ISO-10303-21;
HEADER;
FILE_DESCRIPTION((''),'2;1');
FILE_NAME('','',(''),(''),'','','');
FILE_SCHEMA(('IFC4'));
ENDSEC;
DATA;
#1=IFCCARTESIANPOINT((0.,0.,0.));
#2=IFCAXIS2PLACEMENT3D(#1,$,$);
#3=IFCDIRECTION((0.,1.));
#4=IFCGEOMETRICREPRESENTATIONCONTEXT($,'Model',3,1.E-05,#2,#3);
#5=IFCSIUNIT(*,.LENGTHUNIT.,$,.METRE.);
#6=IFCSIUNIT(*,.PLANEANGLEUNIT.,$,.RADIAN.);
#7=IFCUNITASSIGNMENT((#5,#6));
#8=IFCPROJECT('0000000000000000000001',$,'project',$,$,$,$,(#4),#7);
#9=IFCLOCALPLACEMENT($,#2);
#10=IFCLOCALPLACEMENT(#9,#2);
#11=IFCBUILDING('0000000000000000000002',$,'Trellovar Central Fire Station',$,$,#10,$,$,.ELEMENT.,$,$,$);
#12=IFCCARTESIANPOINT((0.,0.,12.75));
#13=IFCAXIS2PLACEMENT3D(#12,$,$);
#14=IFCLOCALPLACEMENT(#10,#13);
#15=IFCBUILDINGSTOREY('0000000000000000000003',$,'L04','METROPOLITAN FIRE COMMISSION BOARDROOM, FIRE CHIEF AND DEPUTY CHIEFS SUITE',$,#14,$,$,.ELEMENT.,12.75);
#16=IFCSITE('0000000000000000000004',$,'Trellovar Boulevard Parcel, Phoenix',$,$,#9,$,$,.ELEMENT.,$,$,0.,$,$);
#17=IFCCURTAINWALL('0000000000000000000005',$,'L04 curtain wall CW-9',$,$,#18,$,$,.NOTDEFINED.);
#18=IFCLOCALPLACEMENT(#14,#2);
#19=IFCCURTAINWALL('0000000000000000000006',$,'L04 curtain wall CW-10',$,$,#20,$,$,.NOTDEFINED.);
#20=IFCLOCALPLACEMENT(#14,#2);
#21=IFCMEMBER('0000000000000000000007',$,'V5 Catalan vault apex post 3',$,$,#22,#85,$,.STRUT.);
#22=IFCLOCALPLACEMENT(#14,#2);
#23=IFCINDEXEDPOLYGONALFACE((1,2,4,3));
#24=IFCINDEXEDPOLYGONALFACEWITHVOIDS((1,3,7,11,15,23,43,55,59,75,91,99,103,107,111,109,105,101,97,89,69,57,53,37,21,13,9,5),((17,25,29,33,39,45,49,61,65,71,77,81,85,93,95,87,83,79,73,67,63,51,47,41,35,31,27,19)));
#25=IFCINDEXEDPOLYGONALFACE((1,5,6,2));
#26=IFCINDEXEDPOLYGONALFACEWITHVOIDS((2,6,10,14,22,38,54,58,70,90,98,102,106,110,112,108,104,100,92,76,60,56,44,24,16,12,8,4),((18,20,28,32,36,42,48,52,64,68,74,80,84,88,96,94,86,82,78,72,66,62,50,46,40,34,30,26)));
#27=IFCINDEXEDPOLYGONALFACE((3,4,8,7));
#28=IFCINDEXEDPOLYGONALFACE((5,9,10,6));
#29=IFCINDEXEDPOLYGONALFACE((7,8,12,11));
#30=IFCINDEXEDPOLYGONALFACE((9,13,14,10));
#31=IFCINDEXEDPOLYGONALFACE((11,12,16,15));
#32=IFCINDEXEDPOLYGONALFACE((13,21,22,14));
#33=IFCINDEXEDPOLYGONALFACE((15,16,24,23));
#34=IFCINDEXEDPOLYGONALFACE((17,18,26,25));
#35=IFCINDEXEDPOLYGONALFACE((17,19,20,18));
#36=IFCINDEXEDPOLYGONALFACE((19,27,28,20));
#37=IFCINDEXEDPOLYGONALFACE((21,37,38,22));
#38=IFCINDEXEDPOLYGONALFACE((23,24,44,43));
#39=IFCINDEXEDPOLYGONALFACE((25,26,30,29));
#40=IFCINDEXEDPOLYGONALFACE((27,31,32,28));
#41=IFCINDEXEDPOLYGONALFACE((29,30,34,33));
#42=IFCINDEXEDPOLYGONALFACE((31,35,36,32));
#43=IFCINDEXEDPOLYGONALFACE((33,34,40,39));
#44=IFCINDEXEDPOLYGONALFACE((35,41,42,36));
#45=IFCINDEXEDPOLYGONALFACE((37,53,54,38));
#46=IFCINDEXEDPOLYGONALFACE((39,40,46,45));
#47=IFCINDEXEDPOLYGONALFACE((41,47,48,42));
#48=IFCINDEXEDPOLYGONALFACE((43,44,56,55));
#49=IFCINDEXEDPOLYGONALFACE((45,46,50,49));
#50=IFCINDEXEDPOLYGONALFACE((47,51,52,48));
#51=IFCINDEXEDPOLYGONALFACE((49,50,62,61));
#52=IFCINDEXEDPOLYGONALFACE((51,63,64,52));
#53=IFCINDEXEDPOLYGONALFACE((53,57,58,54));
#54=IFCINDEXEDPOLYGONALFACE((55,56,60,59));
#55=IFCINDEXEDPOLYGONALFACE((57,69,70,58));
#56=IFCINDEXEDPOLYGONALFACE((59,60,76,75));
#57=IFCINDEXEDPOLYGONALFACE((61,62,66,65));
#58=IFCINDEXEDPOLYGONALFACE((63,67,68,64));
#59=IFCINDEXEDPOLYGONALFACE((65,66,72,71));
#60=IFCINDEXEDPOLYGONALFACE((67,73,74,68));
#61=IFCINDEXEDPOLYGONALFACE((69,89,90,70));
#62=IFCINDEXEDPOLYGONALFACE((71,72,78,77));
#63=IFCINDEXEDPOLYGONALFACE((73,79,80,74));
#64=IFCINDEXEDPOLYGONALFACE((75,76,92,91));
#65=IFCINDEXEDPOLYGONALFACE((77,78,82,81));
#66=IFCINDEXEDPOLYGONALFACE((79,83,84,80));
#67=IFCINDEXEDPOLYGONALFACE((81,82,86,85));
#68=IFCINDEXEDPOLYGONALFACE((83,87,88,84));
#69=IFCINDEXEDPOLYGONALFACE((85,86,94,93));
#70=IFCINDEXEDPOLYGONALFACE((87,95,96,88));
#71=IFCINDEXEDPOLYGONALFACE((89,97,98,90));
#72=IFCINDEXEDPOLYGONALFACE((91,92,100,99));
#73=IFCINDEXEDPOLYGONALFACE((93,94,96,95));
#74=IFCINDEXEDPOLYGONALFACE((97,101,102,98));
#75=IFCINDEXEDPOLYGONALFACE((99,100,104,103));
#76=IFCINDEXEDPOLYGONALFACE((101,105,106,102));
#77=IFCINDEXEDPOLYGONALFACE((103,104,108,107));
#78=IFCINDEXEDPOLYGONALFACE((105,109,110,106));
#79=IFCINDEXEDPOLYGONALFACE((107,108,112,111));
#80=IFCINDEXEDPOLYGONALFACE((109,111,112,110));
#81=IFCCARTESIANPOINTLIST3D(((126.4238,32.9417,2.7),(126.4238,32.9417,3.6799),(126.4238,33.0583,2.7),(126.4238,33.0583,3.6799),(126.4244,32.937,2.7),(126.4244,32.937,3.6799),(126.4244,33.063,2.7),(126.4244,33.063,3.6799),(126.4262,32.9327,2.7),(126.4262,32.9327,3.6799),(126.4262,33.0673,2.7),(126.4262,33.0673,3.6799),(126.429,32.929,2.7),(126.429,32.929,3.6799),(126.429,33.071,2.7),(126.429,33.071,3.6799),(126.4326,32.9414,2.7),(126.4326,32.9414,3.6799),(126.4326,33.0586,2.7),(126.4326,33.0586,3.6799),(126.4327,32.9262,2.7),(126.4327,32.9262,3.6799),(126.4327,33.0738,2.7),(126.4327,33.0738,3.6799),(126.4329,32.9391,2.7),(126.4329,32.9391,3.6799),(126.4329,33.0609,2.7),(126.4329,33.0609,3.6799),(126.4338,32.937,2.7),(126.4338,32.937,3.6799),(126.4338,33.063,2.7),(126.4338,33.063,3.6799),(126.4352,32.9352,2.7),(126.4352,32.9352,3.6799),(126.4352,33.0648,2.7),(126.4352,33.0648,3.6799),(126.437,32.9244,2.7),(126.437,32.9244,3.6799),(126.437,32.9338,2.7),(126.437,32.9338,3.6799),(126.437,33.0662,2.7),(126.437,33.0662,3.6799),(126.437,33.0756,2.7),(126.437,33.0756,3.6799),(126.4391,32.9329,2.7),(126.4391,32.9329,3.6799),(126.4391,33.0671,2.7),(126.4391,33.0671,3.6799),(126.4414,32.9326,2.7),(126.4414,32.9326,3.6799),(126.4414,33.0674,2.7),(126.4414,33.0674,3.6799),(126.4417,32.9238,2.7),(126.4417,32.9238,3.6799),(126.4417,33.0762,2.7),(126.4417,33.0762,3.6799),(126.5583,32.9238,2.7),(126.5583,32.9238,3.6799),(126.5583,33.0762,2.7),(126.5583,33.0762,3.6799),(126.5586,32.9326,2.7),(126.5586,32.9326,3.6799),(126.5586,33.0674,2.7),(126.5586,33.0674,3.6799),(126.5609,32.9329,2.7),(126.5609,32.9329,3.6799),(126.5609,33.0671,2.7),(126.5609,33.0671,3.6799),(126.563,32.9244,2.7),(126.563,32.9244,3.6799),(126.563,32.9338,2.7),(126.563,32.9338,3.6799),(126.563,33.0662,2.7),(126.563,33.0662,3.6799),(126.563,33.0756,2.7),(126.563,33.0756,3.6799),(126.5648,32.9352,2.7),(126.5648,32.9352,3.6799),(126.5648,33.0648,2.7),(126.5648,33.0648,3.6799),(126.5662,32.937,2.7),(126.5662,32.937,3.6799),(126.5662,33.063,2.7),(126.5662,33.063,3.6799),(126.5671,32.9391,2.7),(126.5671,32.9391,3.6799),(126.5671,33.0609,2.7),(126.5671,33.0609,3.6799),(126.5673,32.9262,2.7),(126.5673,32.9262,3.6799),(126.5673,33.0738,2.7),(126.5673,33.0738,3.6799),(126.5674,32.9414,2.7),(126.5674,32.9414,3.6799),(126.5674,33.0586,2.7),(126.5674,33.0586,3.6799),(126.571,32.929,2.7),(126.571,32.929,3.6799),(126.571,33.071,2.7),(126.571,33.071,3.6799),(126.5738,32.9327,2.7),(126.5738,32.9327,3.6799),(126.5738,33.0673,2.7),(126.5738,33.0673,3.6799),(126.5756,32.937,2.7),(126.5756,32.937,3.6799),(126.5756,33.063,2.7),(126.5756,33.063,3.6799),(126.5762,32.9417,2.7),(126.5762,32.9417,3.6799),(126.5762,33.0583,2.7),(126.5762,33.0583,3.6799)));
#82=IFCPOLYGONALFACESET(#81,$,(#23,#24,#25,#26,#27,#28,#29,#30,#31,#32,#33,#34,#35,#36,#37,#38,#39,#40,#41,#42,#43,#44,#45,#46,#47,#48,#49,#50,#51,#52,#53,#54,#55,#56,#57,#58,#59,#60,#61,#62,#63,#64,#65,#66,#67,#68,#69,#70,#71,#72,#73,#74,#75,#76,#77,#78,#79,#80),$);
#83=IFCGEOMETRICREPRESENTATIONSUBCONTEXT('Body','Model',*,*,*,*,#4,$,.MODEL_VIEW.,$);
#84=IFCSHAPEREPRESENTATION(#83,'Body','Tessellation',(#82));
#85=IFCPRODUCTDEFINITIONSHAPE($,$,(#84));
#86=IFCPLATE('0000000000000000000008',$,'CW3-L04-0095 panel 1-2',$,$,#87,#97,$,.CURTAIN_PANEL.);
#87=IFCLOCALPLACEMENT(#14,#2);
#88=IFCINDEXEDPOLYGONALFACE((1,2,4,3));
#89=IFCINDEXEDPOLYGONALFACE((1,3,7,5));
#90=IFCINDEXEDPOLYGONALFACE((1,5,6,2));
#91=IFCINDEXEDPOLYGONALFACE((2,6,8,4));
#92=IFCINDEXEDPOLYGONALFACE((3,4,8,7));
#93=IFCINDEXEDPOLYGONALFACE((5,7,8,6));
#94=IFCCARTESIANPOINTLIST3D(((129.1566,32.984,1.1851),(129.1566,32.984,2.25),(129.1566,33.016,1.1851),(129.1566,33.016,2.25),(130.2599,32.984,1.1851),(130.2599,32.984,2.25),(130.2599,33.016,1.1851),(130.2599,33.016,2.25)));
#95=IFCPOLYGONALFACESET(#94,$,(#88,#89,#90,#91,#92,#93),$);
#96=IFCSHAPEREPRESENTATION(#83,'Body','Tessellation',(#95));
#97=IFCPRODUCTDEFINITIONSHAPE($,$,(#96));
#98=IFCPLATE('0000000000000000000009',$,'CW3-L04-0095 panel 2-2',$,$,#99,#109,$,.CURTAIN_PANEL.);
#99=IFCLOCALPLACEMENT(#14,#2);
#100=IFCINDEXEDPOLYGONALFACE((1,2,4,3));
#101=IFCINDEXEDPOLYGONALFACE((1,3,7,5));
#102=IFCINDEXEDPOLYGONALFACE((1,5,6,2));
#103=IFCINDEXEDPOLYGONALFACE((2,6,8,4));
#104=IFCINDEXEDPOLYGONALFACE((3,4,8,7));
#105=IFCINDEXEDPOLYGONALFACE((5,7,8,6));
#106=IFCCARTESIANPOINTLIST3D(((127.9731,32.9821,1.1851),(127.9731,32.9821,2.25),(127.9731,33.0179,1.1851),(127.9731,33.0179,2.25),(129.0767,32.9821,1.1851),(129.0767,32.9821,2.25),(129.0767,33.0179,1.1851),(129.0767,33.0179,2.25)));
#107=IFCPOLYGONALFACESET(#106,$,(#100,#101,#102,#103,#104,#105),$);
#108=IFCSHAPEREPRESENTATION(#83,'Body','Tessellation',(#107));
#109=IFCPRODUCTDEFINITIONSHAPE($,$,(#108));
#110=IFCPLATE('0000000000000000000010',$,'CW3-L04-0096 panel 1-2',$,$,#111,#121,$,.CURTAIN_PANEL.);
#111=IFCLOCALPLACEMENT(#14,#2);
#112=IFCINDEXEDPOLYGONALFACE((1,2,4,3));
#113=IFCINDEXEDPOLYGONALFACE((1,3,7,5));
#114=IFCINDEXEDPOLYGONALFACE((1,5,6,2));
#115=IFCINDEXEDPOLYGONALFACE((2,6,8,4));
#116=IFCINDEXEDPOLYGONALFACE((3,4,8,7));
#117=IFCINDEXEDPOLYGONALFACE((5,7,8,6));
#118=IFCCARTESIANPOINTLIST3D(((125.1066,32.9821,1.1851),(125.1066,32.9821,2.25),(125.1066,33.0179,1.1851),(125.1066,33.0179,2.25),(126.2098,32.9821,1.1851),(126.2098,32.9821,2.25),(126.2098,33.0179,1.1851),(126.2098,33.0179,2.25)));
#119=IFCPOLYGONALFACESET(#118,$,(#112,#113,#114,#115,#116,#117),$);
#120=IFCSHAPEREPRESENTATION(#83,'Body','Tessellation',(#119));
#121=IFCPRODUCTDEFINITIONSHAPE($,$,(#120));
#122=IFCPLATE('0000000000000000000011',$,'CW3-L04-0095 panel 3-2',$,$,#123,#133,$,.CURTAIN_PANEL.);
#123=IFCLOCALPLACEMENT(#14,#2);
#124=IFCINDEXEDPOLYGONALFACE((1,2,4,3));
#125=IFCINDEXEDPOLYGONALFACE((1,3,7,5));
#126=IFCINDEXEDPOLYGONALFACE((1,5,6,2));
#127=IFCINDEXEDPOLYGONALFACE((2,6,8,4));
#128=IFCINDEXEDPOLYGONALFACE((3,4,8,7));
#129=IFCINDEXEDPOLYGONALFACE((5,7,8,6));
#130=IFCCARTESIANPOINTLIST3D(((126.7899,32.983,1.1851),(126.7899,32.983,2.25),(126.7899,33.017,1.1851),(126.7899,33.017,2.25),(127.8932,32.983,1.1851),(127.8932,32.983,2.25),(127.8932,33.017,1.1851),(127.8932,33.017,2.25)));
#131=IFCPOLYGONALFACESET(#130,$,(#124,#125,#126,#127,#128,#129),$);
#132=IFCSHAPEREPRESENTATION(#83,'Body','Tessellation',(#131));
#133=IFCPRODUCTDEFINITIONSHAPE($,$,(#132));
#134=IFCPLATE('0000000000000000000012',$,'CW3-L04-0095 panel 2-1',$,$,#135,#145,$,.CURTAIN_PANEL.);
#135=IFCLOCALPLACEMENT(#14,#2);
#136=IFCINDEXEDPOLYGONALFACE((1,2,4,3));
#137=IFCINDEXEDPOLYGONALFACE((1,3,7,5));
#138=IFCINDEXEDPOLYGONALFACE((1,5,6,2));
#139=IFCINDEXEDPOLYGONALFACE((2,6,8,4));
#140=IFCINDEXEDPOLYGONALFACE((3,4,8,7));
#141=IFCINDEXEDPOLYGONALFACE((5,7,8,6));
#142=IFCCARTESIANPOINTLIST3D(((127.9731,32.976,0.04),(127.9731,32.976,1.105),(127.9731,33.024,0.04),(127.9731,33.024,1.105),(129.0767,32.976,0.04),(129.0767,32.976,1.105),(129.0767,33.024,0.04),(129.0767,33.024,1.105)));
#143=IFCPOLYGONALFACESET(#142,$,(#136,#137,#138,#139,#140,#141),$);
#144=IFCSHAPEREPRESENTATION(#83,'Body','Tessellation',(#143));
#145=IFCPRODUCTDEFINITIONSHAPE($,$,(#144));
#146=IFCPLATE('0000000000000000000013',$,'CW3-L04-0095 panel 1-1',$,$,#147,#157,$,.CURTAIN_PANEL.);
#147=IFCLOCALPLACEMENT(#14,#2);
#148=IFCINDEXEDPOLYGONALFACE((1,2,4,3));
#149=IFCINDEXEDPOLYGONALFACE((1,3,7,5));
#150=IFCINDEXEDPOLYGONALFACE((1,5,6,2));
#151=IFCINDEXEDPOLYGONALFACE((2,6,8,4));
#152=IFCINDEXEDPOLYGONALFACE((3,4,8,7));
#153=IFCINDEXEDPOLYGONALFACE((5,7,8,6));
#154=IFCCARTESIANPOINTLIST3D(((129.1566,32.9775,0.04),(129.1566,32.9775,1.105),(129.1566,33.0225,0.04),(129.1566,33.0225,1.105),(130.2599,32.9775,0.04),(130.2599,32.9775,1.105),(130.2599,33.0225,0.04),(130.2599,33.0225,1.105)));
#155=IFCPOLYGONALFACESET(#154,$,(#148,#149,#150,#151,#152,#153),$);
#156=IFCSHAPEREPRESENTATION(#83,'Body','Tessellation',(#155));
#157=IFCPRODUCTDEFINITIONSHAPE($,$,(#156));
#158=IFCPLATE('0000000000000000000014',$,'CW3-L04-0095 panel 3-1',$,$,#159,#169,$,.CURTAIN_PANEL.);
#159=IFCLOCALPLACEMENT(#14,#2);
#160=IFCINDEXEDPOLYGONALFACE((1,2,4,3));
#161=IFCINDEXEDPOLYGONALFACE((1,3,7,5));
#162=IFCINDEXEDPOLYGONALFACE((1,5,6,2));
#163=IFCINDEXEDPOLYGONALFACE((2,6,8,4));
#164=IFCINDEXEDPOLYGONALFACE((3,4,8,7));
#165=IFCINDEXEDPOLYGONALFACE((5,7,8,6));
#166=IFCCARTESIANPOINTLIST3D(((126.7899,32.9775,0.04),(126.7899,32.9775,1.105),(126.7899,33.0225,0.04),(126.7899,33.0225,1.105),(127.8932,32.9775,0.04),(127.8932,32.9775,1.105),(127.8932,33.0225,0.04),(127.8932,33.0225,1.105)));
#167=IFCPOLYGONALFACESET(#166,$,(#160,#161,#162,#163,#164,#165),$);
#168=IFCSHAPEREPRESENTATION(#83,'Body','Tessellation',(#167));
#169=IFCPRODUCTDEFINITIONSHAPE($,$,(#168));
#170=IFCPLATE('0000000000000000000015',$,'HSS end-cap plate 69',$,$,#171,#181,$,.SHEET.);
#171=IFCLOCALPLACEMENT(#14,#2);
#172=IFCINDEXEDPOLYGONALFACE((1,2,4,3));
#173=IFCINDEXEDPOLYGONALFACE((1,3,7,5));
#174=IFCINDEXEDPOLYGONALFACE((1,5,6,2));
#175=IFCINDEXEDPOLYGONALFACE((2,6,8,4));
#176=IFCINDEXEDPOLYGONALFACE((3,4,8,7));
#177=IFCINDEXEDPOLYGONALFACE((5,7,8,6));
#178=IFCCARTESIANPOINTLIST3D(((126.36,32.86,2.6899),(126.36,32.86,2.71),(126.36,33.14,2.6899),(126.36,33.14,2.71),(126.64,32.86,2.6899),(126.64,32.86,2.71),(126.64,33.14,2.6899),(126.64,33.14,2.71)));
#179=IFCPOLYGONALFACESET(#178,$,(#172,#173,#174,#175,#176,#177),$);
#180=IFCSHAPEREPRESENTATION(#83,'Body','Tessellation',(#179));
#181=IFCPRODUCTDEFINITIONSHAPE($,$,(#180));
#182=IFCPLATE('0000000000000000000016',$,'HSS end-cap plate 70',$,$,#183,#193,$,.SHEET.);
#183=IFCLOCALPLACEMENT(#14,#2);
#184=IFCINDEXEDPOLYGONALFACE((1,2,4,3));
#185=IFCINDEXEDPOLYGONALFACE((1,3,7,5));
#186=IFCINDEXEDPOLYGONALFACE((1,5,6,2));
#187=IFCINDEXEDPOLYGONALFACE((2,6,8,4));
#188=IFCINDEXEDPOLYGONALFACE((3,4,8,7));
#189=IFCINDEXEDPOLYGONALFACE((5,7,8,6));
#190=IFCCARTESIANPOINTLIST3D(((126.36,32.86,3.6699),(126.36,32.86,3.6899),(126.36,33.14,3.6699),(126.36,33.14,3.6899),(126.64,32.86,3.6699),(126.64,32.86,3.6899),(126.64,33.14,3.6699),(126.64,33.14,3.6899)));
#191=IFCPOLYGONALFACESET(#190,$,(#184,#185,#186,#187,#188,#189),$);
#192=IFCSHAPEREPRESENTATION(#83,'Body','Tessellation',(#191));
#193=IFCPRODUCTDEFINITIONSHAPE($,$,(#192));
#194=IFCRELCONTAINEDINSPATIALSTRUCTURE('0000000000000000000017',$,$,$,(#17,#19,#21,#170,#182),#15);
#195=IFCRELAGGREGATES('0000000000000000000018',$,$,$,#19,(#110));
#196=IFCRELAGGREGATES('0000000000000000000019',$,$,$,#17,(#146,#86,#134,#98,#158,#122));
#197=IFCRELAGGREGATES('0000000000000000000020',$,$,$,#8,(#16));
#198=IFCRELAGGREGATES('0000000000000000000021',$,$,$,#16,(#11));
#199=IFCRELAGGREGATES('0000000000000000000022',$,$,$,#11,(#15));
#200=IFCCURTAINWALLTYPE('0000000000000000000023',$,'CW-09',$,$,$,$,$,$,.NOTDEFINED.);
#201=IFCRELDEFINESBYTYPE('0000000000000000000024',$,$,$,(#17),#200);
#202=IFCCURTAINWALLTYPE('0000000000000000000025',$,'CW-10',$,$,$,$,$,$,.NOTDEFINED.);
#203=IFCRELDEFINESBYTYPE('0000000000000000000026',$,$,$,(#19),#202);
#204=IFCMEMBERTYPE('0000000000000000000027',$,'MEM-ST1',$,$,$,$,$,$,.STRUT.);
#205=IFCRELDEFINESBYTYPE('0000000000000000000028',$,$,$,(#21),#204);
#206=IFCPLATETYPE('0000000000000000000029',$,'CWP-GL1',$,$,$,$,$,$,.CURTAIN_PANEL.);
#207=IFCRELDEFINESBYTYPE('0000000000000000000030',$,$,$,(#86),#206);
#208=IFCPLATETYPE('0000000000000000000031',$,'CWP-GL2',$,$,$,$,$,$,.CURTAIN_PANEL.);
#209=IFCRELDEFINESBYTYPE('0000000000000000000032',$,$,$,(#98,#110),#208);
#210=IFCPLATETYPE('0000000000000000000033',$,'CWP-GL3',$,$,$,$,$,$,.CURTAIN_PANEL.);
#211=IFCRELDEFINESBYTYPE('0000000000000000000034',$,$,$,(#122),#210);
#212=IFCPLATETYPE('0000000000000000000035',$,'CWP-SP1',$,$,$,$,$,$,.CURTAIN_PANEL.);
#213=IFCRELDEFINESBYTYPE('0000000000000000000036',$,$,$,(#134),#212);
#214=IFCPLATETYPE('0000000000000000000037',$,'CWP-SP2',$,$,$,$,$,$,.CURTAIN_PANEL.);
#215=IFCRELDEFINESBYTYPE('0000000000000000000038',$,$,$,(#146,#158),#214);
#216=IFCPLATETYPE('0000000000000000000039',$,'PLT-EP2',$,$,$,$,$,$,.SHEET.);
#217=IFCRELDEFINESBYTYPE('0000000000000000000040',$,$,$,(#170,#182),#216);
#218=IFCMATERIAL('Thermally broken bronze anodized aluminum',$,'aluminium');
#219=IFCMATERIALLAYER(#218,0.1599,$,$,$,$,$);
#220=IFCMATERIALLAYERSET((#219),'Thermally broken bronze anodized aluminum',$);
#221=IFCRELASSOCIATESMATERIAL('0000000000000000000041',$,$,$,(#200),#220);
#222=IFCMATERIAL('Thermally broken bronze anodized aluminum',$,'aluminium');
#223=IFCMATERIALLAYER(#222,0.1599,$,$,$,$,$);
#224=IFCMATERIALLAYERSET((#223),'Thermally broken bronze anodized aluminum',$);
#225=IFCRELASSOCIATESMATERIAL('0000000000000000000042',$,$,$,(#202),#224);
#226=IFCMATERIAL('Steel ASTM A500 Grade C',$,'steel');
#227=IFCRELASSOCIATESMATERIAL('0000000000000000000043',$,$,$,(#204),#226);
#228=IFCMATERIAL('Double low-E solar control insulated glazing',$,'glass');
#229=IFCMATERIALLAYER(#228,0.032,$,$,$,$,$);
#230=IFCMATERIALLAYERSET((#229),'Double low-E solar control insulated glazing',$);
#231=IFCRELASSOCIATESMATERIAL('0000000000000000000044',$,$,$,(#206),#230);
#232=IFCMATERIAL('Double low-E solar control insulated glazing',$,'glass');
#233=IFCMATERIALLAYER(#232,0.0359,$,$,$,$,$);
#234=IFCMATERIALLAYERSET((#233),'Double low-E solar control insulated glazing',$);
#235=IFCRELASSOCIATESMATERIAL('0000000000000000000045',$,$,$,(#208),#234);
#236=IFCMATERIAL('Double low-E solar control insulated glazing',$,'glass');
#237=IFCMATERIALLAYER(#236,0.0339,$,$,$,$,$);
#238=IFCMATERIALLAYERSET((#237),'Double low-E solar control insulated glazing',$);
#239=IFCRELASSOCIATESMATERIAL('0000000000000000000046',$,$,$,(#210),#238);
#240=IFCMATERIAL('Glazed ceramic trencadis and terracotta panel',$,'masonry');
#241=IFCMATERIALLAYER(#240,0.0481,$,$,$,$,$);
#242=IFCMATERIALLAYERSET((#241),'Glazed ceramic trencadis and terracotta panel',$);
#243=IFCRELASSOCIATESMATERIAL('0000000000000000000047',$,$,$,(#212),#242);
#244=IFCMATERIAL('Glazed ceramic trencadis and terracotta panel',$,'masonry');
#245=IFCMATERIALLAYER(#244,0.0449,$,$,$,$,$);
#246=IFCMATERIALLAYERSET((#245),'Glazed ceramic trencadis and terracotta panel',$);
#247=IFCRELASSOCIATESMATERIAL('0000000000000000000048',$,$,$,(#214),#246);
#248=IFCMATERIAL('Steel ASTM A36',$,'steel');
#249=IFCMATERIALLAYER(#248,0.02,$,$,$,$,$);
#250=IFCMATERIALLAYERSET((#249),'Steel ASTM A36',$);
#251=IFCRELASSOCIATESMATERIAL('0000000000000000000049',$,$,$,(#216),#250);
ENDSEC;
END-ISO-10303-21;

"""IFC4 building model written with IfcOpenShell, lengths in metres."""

from ifc_helpers import new_model, si_unit, direction, frame, origin, origin_2d, place, context, subcontext, project, spatial, rectangle, hollow_rectangle, extrude, material, layer, layer_set, material_profile, profile_set, type_object, element, aggregate, save


model = new_model("IFC4")

# Units and contexts
model_context = context("Model", 3, precision=1e-05, world=origin(), true_north=direction((0.0, 1.0)))
body_context = subcontext(model_context, "Body", "Model", "MODEL_VIEW")
ifc_project = project(units=[si_unit("LENGTHUNIT", "METRE"), si_unit("PLANEANGLEUNIT", "RADIAN")], contexts=[model_context])

# Site, building, storey
site_placement = place(None, origin())
site = spatial("IfcSite", under=ifc_project, at=site_placement, Name="Trellovar Boulevard Parcel, Phoenix", CompositionType="ELEMENT", RefElevation=0.0)
building_placement = place(site_placement, origin())
building = spatial("IfcBuilding", under=site, at=building_placement, Name="Trellovar Central Fire Station", CompositionType="ELEMENT")
storey_placement = place(building_placement, frame((0.0, 0.0, 12.75)))
storey = spatial("IfcBuildingStorey", under=building, at=storey_placement, Name="L04", Description="METROPOLITAN FIRE COMMISSION BOARDROOM, FIRE CHIEF AND DEPUTY CHIEFS SUITE", CompositionType="ELEMENT", Elevation=12.75)

# Curtain walls
ifc_material_1 = material(Name="Thermally broken bronze anodized aluminum", Category="aluminium")
ifc_layer_1 = layer(ifc_material_1, 0.1599)
ifc_layer_set_1 = layer_set([ifc_layer_1], Name="Thermally broken bronze anodized aluminum")
curtain_wall_type_1 = type_object("IfcCurtainWallType", Name="CW-09", PredefinedType="NOTDEFINED", material=ifc_layer_set_1)
curtain_wall_1_placement = place(storey_placement, origin())
curtain_wall_1 = element("IfcCurtainWall", 1, at=curtain_wall_1_placement, inside=storey, type_object=curtain_wall_type_1, Name="L04 curtain wall CW-9", PredefinedType="NOTDEFINED")
ifc_material_2 = material(Name="Thermally broken bronze anodized aluminum", Category="aluminium")
ifc_layer_2 = layer(ifc_material_2, 0.1599)
ifc_layer_set_2 = layer_set([ifc_layer_2], Name="Thermally broken bronze anodized aluminum")
curtain_wall_type_2 = type_object("IfcCurtainWallType", Name="CW-10", PredefinedType="NOTDEFINED", material=ifc_layer_set_2)
curtain_wall_2_placement = place(storey_placement, origin())
curtain_wall_2 = element("IfcCurtainWall", 2, at=curtain_wall_2_placement, inside=storey, type_object=curtain_wall_type_2, Name="L04 curtain wall CW-10", PredefinedType="NOTDEFINED")

# Member
ifc_material_3 = material(Name="Steel ASTM A500 Grade C", Category="steel")
ifc_material_profile_1 = material_profile(ifc_material_3, hollow_rectangle(XDim=0.1523, YDim=0.1523, WallThickness=0.0088, InnerFilletRadius=0.0088, OuterFilletRadius=0.0178, at=origin_2d()), Name="HSS6X6X3/8")
ifc_profile_set_1 = profile_set([ifc_material_profile_1], Name="Steel ASTM A500 Grade C")
member_type_1 = type_object("IfcMemberType", Name="MEM-ST1", PredefinedType="STRUT", material=ifc_profile_set_1)
member_1_placement = place(storey_placement, frame((126.5, 33.0, 2.7), z_axis=(0.0, 0.0, 1.0), x_axis=(1.0, 0.0, 0.0)))
element("IfcMember", 3, at=member_1_placement, inside=storey, type_object=member_type_1, Name="V5 Catalan vault apex post 3", PredefinedType="STRUT", context=body_context, shape_type="SweptSolid", body=[
    extrude(hollow_rectangle(XDim=0.1523, YDim=0.1523, WallThickness=0.0088, InnerFilletRadius=0.0088, OuterFilletRadius=0.0178, at=origin_2d()), origin(), (0.0, 0.0, 1.0), 0.98),
])

# Plates
ifc_material_4 = material(Name="Double low-E solar control insulated glazing", Category="glass")
ifc_layer_3 = layer(ifc_material_4, 0.032)
ifc_layer_set_3 = layer_set([ifc_layer_3], Name="Double low-E solar control insulated glazing")
plate_type_1 = type_object("IfcPlateType", Name="CWP-GL1", PredefinedType="CURTAIN_PANEL", material=ifc_layer_set_3)
plate_1_placement = place(storey_placement, frame((129.7083, 33.0, 1.1851), z_axis=(0.0, 0.0, 1.0), x_axis=(-1.0, 0.0, 0.0)))
plate_1 = element("IfcPlate", 4, at=plate_1_placement, type_object=plate_type_1, Name="CW3-L04-0095 panel 1-2", PredefinedType="CURTAIN_PANEL", context=body_context, shape_type="SweptSolid", body=[
    extrude(rectangle(XDim=1.1033, YDim=0.032, at=origin_2d()), origin(), (0.0, 0.0, 1.0), 1.0649),
])
ifc_material_5 = material(Name="Double low-E solar control insulated glazing", Category="glass")
ifc_layer_4 = layer(ifc_material_5, 0.0359)
ifc_layer_set_4 = layer_set([ifc_layer_4], Name="Double low-E solar control insulated glazing")
plate_type_2 = type_object("IfcPlateType", Name="CWP-GL2", PredefinedType="CURTAIN_PANEL", material=ifc_layer_set_4)
plate_2_placement = place(storey_placement, frame((128.5249, 33.0, 1.1851), z_axis=(0.0, 0.0, 1.0), x_axis=(-1.0, 0.0, 0.0)))
plate_2 = element("IfcPlate", 5, at=plate_2_placement, type_object=plate_type_2, Name="CW3-L04-0095 panel 2-2", PredefinedType="CURTAIN_PANEL", context=body_context, shape_type="SweptSolid", body=[
    extrude(rectangle(XDim=1.1035, YDim=0.0359, at=origin_2d()), origin(), (0.0, 0.0, 1.0), 1.0649),
])
plate_3_placement = place(storey_placement, frame((125.6582, 33.0, 1.1851), z_axis=(0.0, 0.0, 1.0), x_axis=(-1.0, 0.0, 0.0)))
plate_3 = element("IfcPlate", 6, at=plate_3_placement, type_object=plate_type_2, Name="CW3-L04-0096 panel 1-2", PredefinedType="CURTAIN_PANEL", context=body_context, shape_type="SweptSolid", body=[
    extrude(rectangle(XDim=1.1033, YDim=0.0359, at=origin_2d()), origin(), (0.0, 0.0, 1.0), 1.0649),
])
aggregate(curtain_wall_2, [plate_3])
ifc_material_6 = material(Name="Double low-E solar control insulated glazing", Category="glass")
ifc_layer_5 = layer(ifc_material_6, 0.0339)
ifc_layer_set_5 = layer_set([ifc_layer_5], Name="Double low-E solar control insulated glazing")
plate_type_3 = type_object("IfcPlateType", Name="CWP-GL3", PredefinedType="CURTAIN_PANEL", material=ifc_layer_set_5)
plate_4_placement = place(storey_placement, frame((127.3416, 33.0, 1.1851), z_axis=(0.0, 0.0, 1.0), x_axis=(-1.0, 0.0, 0.0)))
plate_4 = element("IfcPlate", 7, at=plate_4_placement, type_object=plate_type_3, Name="CW3-L04-0095 panel 3-2", PredefinedType="CURTAIN_PANEL", context=body_context, shape_type="SweptSolid", body=[
    extrude(rectangle(XDim=1.1033, YDim=0.0339, at=origin_2d()), origin(), (0.0, 0.0, 1.0), 1.0649),
])
ifc_material_7 = material(Name="Glazed ceramic trencadis and terracotta panel", Category="masonry")
ifc_layer_6 = layer(ifc_material_7, 0.0481)
ifc_layer_set_6 = layer_set([ifc_layer_6], Name="Glazed ceramic trencadis and terracotta panel")
plate_type_4 = type_object("IfcPlateType", Name="CWP-SP1", PredefinedType="CURTAIN_PANEL", material=ifc_layer_set_6)
plate_5_placement = place(storey_placement, frame((128.5249, 33.0, 0.04), z_axis=(0.0, 0.0, 1.0), x_axis=(-1.0, 0.0, 0.0)))
plate_5 = element("IfcPlate", 8, at=plate_5_placement, type_object=plate_type_4, Name="CW3-L04-0095 panel 2-1", PredefinedType="CURTAIN_PANEL", context=body_context, shape_type="SweptSolid", body=[
    extrude(rectangle(XDim=1.1035, YDim=0.0481, at=origin_2d()), origin(), (0.0, 0.0, 1.0), 1.0649),
])
ifc_material_8 = material(Name="Glazed ceramic trencadis and terracotta panel", Category="masonry")
ifc_layer_7 = layer(ifc_material_8, 0.0449)
ifc_layer_set_7 = layer_set([ifc_layer_7], Name="Glazed ceramic trencadis and terracotta panel")
plate_type_5 = type_object("IfcPlateType", Name="CWP-SP2", PredefinedType="CURTAIN_PANEL", material=ifc_layer_set_7)
plate_6_placement = place(storey_placement, frame((129.7083, 33.0, 0.04), z_axis=(0.0, 0.0, 1.0), x_axis=(-1.0, 0.0, 0.0)))
plate_6 = element("IfcPlate", 9, at=plate_6_placement, type_object=plate_type_5, Name="CW3-L04-0095 panel 1-1", PredefinedType="CURTAIN_PANEL", context=body_context, shape_type="SweptSolid", body=[
    extrude(rectangle(XDim=1.1033, YDim=0.0449, at=origin_2d()), origin(), (0.0, 0.0, 1.0), 1.0649),
])
plate_7_placement = place(storey_placement, frame((127.3416, 33.0, 0.04), z_axis=(0.0, 0.0, 1.0), x_axis=(-1.0, 0.0, 0.0)))
plate_7 = element("IfcPlate", 10, at=plate_7_placement, type_object=plate_type_5, Name="CW3-L04-0095 panel 3-1", PredefinedType="CURTAIN_PANEL", context=body_context, shape_type="SweptSolid", body=[
    extrude(rectangle(XDim=1.1033, YDim=0.0449, at=origin_2d()), origin(), (0.0, 0.0, 1.0), 1.0649),
])
aggregate(curtain_wall_1, [plate_6, plate_1, plate_5, plate_2, plate_7, plate_4])

# Plates
ifc_material_9 = material(Name="Steel ASTM A36", Category="steel")
ifc_layer_8 = layer(ifc_material_9, 0.02)
ifc_layer_set_8 = layer_set([ifc_layer_8], Name="Steel ASTM A36")
plate_type_6 = type_object("IfcPlateType", Name="PLT-EP2", PredefinedType="SHEET", material=ifc_layer_set_8)
for number, where, z_axis, x_axis, name in (
    (11, (126.5, 33.0, 2.6899), (0.0, 0.0, 1.0), (1.0, 0.0, 0.0), "HSS end-cap plate 69"),
    (12, (126.5, 33.0, 3.6699), (0.0, 0.0, 1.0), (1.0, 0.0, 0.0), "HSS end-cap plate 70"),
):
    element("IfcPlate", number, at=place(storey_placement, frame(where, z_axis=z_axis, x_axis=x_axis)), inside=storey, type_object=plate_type_6, Name=name, PredefinedType="SHEET", context=body_context, shape_type="SweptSolid", body=[
        extrude(rectangle(XDim=0.28, YDim=0.28, at=origin_2d()), origin(), (0.0, 0.0, 1.0), 0.02),
    ])

save(model, "model.ifc")
